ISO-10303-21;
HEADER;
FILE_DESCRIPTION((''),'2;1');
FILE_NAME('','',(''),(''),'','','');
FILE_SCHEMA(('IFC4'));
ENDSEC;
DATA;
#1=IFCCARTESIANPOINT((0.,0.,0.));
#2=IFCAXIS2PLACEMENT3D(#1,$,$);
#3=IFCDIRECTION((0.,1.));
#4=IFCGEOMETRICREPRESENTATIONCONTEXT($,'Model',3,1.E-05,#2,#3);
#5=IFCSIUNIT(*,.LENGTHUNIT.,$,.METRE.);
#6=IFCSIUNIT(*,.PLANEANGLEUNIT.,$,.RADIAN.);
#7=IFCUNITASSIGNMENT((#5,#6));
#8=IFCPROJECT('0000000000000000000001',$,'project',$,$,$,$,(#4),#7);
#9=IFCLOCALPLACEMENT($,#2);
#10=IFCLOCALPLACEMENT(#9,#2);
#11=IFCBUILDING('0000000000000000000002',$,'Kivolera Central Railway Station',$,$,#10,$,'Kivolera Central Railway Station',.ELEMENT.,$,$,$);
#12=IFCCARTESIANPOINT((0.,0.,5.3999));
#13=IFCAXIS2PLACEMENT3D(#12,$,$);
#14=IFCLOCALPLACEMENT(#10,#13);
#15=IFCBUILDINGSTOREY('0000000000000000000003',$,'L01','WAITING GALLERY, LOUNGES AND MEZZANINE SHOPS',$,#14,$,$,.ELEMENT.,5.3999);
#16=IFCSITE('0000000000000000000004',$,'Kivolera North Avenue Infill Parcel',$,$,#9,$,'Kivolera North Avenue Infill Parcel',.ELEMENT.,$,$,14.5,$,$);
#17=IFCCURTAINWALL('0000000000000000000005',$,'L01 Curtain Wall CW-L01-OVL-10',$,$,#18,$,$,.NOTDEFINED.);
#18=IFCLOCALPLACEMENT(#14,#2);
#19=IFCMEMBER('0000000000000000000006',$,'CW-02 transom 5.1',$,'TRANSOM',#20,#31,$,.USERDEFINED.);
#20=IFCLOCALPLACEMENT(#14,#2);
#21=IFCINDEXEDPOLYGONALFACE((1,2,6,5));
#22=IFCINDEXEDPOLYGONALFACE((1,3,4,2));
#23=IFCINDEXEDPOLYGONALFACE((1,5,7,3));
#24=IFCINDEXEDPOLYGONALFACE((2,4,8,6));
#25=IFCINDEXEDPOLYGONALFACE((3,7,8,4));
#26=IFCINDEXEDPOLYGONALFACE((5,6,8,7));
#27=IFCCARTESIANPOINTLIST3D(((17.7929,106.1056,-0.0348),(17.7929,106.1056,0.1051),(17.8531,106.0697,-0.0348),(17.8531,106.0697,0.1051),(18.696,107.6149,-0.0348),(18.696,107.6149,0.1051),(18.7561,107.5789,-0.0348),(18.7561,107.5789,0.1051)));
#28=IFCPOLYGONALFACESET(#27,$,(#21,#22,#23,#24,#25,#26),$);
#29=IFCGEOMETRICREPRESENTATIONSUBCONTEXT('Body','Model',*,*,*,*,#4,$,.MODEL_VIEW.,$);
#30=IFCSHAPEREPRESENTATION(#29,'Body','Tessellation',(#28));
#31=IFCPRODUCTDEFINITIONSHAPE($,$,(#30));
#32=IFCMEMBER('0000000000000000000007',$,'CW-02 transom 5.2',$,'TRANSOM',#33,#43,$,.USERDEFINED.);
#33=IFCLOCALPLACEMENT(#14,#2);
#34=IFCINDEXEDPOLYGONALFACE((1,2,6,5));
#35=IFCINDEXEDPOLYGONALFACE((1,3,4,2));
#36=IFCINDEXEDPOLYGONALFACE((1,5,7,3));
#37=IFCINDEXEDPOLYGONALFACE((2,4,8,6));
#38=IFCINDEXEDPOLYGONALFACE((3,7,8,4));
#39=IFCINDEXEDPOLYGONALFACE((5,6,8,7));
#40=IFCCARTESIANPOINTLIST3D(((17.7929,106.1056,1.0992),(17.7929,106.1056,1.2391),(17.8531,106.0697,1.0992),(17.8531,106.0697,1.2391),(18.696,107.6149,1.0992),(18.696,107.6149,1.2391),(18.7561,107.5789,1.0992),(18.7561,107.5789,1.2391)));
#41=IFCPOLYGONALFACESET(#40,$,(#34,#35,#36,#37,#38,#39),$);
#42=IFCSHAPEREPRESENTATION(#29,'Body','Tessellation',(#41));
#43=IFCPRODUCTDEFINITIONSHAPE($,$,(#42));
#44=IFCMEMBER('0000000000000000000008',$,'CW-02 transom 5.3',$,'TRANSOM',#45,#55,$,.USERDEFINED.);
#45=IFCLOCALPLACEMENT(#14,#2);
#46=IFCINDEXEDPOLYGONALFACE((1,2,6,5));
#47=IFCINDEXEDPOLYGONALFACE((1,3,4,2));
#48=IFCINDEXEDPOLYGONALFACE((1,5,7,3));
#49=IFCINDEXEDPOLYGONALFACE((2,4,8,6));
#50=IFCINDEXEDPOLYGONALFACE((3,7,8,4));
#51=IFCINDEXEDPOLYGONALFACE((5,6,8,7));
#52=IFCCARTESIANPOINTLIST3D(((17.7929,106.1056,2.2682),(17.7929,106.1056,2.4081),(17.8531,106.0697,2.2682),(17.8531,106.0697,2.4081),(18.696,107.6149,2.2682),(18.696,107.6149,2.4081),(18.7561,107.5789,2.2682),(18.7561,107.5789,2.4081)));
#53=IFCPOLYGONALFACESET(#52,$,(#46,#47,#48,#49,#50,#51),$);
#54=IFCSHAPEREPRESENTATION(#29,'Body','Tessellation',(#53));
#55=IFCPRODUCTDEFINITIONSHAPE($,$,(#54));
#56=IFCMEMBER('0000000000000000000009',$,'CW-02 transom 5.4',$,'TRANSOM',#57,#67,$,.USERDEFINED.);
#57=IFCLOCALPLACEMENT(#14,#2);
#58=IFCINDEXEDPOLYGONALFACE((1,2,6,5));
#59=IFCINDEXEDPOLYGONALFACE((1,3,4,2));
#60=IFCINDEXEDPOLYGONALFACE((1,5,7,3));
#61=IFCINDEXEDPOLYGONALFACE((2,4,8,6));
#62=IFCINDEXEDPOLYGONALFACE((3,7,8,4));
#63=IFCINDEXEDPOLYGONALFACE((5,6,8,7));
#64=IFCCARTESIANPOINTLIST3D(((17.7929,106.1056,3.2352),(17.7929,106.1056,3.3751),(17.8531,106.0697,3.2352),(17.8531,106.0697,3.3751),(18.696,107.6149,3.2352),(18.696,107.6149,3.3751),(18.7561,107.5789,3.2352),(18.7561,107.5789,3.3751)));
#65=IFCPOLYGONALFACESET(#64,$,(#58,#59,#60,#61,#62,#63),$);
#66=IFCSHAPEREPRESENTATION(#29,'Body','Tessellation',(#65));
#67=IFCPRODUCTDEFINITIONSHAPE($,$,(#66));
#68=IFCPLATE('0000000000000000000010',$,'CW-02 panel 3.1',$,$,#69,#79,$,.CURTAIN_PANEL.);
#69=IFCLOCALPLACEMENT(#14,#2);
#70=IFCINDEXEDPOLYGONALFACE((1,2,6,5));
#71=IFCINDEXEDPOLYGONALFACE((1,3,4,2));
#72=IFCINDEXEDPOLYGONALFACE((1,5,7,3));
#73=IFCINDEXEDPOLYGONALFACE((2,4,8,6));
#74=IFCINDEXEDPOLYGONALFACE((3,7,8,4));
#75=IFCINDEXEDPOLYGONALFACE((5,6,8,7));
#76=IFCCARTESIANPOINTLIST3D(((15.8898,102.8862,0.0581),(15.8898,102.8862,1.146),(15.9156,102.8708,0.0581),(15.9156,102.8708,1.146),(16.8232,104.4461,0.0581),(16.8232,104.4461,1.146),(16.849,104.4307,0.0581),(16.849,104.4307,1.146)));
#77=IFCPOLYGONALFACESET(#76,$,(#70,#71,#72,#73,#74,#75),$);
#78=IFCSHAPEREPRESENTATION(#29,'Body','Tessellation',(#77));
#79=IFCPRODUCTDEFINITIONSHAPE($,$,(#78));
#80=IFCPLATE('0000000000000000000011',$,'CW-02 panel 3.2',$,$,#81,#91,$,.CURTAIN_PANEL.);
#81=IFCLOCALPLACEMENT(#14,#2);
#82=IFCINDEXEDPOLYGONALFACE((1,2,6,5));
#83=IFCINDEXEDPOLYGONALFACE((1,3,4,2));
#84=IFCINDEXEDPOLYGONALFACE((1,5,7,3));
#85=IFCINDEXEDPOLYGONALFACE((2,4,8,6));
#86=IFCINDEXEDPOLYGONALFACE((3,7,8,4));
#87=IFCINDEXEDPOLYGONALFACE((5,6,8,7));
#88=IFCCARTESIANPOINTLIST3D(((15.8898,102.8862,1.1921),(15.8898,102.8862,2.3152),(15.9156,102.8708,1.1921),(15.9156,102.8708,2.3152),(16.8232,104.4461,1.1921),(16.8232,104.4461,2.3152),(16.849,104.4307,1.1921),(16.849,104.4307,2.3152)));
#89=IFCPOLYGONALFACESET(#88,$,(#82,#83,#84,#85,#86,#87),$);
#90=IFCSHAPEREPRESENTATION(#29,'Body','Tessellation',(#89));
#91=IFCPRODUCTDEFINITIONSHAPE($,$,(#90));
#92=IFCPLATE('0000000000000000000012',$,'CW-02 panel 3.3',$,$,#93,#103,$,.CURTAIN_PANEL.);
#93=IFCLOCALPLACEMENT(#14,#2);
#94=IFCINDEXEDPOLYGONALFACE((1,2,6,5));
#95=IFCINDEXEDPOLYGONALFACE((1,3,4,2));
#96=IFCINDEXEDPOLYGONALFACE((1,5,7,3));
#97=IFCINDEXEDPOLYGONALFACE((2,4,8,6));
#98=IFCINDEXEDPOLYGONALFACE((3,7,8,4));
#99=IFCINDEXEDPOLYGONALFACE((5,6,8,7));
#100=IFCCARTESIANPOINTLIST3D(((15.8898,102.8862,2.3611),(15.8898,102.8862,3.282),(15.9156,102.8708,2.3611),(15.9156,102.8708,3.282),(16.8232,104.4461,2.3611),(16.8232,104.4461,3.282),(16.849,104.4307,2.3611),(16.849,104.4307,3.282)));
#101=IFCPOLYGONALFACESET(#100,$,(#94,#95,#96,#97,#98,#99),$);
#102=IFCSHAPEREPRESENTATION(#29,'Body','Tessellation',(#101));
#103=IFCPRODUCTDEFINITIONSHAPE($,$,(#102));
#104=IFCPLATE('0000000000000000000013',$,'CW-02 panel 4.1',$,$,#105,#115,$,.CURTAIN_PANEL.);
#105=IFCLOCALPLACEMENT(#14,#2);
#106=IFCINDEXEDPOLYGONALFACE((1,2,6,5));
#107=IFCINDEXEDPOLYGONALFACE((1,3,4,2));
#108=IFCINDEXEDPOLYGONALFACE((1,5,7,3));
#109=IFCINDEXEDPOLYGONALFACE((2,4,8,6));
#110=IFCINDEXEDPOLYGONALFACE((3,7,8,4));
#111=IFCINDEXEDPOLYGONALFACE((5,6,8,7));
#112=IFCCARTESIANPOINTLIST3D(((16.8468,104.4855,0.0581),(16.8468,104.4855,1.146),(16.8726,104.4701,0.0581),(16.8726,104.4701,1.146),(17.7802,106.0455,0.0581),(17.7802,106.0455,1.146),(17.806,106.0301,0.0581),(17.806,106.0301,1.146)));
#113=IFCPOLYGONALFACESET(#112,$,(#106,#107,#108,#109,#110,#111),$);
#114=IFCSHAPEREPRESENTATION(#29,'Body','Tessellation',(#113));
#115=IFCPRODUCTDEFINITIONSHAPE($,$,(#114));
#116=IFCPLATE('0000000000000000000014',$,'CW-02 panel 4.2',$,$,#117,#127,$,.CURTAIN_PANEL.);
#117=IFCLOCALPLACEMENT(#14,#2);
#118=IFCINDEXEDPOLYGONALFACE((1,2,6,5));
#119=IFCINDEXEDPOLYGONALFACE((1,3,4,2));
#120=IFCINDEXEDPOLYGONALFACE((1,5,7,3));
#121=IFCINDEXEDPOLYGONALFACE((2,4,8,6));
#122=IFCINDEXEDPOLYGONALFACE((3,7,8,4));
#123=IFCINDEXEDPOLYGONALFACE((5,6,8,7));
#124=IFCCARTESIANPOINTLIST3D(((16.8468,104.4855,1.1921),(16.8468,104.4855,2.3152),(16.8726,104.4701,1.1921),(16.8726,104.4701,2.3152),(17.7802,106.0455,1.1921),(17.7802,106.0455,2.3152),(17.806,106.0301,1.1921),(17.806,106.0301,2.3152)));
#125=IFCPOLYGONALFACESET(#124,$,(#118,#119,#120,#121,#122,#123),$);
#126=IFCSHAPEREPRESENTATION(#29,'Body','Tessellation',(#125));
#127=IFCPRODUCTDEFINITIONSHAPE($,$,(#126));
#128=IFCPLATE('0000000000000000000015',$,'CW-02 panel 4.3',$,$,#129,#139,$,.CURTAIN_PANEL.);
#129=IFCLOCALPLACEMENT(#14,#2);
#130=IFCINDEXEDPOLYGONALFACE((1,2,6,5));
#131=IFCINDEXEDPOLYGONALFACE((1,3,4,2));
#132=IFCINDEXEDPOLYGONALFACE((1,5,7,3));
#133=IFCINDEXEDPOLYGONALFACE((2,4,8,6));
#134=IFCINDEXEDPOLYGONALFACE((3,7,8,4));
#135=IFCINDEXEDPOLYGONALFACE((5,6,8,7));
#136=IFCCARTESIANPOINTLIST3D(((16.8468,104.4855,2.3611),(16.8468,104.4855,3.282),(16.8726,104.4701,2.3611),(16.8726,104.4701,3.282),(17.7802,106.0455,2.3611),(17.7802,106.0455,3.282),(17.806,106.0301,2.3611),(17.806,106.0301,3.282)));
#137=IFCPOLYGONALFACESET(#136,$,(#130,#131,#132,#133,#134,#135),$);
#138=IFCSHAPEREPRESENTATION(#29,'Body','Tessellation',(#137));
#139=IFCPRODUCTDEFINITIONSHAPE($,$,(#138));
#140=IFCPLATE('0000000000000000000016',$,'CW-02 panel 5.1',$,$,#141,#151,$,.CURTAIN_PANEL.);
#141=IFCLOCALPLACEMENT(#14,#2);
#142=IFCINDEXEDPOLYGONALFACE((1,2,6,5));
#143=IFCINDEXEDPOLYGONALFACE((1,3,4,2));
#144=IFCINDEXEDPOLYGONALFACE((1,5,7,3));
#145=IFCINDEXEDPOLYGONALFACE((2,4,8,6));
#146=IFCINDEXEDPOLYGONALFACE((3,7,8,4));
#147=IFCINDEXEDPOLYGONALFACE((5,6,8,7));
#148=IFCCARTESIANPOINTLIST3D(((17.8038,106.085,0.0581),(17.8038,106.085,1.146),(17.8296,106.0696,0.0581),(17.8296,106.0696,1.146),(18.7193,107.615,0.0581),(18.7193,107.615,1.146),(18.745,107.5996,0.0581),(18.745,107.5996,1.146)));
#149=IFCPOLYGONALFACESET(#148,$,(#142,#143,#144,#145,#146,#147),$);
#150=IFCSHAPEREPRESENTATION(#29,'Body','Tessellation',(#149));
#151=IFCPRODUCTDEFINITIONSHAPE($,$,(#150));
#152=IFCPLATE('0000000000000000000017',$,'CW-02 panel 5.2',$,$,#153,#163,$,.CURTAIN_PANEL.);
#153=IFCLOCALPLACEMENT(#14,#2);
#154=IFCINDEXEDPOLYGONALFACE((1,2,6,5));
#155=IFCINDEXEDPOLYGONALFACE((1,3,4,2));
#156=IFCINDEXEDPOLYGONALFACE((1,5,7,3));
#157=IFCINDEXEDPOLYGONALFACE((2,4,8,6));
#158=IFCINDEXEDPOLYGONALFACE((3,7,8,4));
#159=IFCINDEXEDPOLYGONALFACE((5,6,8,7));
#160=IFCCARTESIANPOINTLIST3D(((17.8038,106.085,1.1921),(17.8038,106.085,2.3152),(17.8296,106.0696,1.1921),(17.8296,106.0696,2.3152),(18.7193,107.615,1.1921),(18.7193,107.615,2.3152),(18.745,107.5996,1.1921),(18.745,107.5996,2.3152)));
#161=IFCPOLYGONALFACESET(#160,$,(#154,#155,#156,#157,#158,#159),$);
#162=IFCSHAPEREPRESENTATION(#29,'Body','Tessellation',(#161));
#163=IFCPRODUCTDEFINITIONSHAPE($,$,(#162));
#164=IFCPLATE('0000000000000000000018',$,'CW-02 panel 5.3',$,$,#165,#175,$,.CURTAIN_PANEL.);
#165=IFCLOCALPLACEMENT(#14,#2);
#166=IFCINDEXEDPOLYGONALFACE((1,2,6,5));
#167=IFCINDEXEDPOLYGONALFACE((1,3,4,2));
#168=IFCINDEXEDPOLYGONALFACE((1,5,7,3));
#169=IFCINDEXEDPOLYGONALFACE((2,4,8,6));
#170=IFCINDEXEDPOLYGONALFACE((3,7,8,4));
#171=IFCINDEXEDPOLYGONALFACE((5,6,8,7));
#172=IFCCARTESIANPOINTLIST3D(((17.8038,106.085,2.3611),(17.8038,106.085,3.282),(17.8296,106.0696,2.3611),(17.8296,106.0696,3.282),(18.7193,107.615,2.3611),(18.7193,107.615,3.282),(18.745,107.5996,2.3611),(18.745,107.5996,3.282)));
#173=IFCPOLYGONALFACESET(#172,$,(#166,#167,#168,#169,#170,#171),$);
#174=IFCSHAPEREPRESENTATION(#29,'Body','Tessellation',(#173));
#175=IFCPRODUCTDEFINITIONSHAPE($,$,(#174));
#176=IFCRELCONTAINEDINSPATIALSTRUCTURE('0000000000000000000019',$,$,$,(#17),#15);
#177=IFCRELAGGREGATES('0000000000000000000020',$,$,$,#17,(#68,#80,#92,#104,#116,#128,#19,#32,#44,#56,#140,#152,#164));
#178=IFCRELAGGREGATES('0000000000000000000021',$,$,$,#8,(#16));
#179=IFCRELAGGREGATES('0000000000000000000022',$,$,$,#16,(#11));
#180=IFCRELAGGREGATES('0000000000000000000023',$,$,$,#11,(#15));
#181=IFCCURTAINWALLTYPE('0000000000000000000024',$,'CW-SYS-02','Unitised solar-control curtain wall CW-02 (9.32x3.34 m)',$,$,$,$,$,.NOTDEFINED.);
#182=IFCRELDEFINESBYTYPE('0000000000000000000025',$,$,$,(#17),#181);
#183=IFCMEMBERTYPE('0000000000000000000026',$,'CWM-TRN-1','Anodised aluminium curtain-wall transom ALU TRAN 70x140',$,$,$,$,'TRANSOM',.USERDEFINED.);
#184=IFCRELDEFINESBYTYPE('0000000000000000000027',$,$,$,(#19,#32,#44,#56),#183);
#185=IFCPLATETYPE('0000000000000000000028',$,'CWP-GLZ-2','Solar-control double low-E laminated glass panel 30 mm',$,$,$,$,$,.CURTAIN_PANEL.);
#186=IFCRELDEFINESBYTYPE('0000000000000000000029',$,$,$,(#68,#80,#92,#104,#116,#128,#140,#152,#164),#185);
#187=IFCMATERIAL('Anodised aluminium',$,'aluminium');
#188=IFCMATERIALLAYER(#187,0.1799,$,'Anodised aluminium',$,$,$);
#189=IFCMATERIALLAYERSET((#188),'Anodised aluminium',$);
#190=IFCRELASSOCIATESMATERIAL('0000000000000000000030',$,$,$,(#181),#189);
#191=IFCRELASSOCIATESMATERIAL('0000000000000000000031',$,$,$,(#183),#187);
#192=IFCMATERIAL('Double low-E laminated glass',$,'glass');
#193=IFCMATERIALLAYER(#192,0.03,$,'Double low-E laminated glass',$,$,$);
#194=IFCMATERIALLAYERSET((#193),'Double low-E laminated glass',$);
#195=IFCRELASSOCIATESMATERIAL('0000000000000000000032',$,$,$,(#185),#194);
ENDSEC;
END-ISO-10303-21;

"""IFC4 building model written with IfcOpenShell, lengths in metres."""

from ifc_helpers import new_model, si_unit, direction, frame, origin, origin_2d, place, context, subcontext, project, spatial, rectangle, extrude, material, layer, layer_set, material_profile, profile_set, type_object, element, aggregate, save


model = new_model("IFC4")

# Units and contexts
model_context = context("Model", 3, precision=1e-05, world=origin(), true_north=direction((0.0, 1.0)))
body_context = subcontext(model_context, "Body", "Model", "MODEL_VIEW")
ifc_project = project(units=[si_unit("LENGTHUNIT", "METRE"), si_unit("PLANEANGLEUNIT", "RADIAN")], contexts=[model_context])

# Site, building, storey
site_placement = place(None, origin())
site = spatial("IfcSite", under=ifc_project, at=site_placement, Name="Kivolera North Avenue Infill Parcel", LongName="Kivolera North Avenue Infill Parcel", CompositionType="ELEMENT", RefElevation=14.5)
building_placement = place(site_placement, origin())
building = spatial("IfcBuilding", under=site, at=building_placement, Name="Kivolera Central Railway Station", LongName="Kivolera Central Railway Station", CompositionType="ELEMENT")
storey_placement = place(building_placement, frame((0.0, 0.0, 5.3999)))
storey = spatial("IfcBuildingStorey", under=building, at=storey_placement, Name="L01", Description="WAITING GALLERY, LOUNGES AND MEZZANINE SHOPS", CompositionType="ELEMENT", Elevation=5.3999)

# Curtain wall, members, plates
ifc_material_1 = material(Name="Anodised aluminium", Category="aluminium")
ifc_layer_1 = layer(ifc_material_1, 0.1799, Name="Anodised aluminium")
ifc_layer_set_1 = layer_set([ifc_layer_1], Name="Anodised aluminium")
curtain_wall_type = type_object("IfcCurtainWallType", Name="CW-SYS-02", Description="Unitised solar-control curtain wall CW-02 (9.32x3.34 m)", PredefinedType="NOTDEFINED", material=ifc_layer_set_1)
curtain_wall_placement = place(storey_placement, origin())
curtain_wall = element("IfcCurtainWall", 1, at=curtain_wall_placement, inside=storey, type_object=curtain_wall_type, Name="L01 Curtain Wall CW-L01-OVL-10", PredefinedType="NOTDEFINED")
ifc_material_profile_1 = material_profile(ifc_material_1, rectangle(XDim=0.0701, YDim=0.1399, at=origin_2d()), Name="ALU TRAN 70x140")
ifc_profile_set_1 = profile_set([ifc_material_profile_1], Name="Anodised aluminium")
member_type_1 = type_object("IfcMemberType", Name="CWM-TRN-1", Description="Anodised aluminium curtain-wall transom ALU TRAN 70x140", ElementType="TRANSOM", PredefinedType="USERDEFINED", material=ifc_profile_set_1)
member_1_placement = place(storey_placement, frame((17.823, 106.0876, 0.0352), z_axis=(0.513454, 0.858117, 0.0), x_axis=(-0.858117, 0.513454, 0.0)))
member_1 = element("IfcMember", 2, at=member_1_placement, type_object=member_type_1, Name="CW-02 transom 5.1", ObjectType="TRANSOM", PredefinedType="USERDEFINED", context=body_context, shape_type="SweptSolid", body=[
    extrude(rectangle(XDim=0.0701, YDim=0.1399, at=origin_2d()), origin(), (0.0, 0.0, 1.0), 1.7588),
])
member_2_placement = place(storey_placement, frame((17.823, 106.0876, 1.1692), z_axis=(0.513454, 0.858117, 0.0), x_axis=(-0.858117, 0.513454, 0.0)))
member_2 = element("IfcMember", 3, at=member_2_placement, type_object=member_type_1, Name="CW-02 transom 5.2", ObjectType="TRANSOM", PredefinedType="USERDEFINED", context=body_context, shape_type="SweptSolid", body=[
    extrude(rectangle(XDim=0.0701, YDim=0.1399, at=origin_2d()), origin(), (0.0, 0.0, 1.0), 1.7588),
])
member_3_placement = place(storey_placement, frame((17.823, 106.0876, 2.3381), z_axis=(0.513454, 0.858117, 0.0), x_axis=(-0.858117, 0.513454, 0.0)))
member_3 = element("IfcMember", 4, at=member_3_placement, type_object=member_type_1, Name="CW-02 transom 5.3", ObjectType="TRANSOM", PredefinedType="USERDEFINED", context=body_context, shape_type="SweptSolid", body=[
    extrude(rectangle(XDim=0.0701, YDim=0.1399, at=origin_2d()), origin(), (0.0, 0.0, 1.0), 1.7588),
])
member_4_placement = place(storey_placement, frame((17.823, 106.0876, 3.3052), z_axis=(0.513454, 0.858117, 0.0), x_axis=(-0.858117, 0.513454, 0.0)))
member_4 = element("IfcMember", 5, at=member_4_placement, type_object=member_type_1, Name="CW-02 transom 5.4", ObjectType="TRANSOM", PredefinedType="USERDEFINED", context=body_context, shape_type="SweptSolid", body=[
    extrude(rectangle(XDim=0.0701, YDim=0.1399, at=origin_2d()), origin(), (0.0, 0.0, 1.0), 1.7588),
])
ifc_material_2 = material(Name="Double low-E laminated glass", Category="glass")
ifc_layer_2 = layer(ifc_material_2, 0.03, Name="Double low-E laminated glass")
ifc_layer_set_2 = layer_set([ifc_layer_2], Name="Double low-E laminated glass")
plate_type = type_object("IfcPlateType", Name="CWP-GLZ-2", Description="Solar-control double low-E laminated glass panel 30 mm", PredefinedType="CURTAIN_PANEL", material=ifc_layer_set_2)
plate_1_placement = place(storey_placement, frame((16.3694, 103.6584, 0.0581), z_axis=(0.0, 0.0, 1.0), x_axis=(0.513454, 0.858117, 0.0)))
plate_1 = element("IfcPlate", 6, at=plate_1_placement, type_object=plate_type, Name="CW-02 panel 3.1", PredefinedType="CURTAIN_PANEL", context=body_context, shape_type="SweptSolid", body=[
    extrude(rectangle(XDim=1.8179, YDim=0.03, at=origin_2d()), origin(), (0.0, 0.0, 1.0), 1.0879),
])
plate_2_placement = place(storey_placement, frame((16.3694, 103.6584, 1.1921), z_axis=(0.0, 0.0, 1.0), x_axis=(0.513454, 0.858117, 0.0)))
plate_2 = element("IfcPlate", 7, at=plate_2_placement, type_object=plate_type, Name="CW-02 panel 3.2", PredefinedType="CURTAIN_PANEL", context=body_context, shape_type="SweptSolid", body=[
    extrude(rectangle(XDim=1.8179, YDim=0.03, at=origin_2d()), origin(), (0.0, 0.0, 1.0), 1.123),
])
plate_3_placement = place(storey_placement, frame((16.3694, 103.6584, 2.3611), z_axis=(0.0, 0.0, 1.0), x_axis=(0.513454, 0.858117, 0.0)))
plate_3 = element("IfcPlate", 8, at=plate_3_placement, type_object=plate_type, Name="CW-02 panel 3.3", PredefinedType="CURTAIN_PANEL", context=body_context, shape_type="SweptSolid", body=[
    extrude(rectangle(XDim=1.8179, YDim=0.03, at=origin_2d()), origin(), (0.0, 0.0, 1.0), 0.9209),
])
plate_4_placement = place(storey_placement, frame((17.3264, 105.2578, 0.0581), z_axis=(0.0, 0.0, 1.0), x_axis=(0.513454, 0.858117, 0.0)))
plate_4 = element("IfcPlate", 9, at=plate_4_placement, type_object=plate_type, Name="CW-02 panel 4.1", PredefinedType="CURTAIN_PANEL", context=body_context, shape_type="SweptSolid", body=[
    extrude(rectangle(XDim=1.8179, YDim=0.03, at=origin_2d()), origin(), (0.0, 0.0, 1.0), 1.0879),
])
plate_5_placement = place(storey_placement, frame((17.3264, 105.2578, 1.1921), z_axis=(0.0, 0.0, 1.0), x_axis=(0.513454, 0.858117, 0.0)))
plate_5 = element("IfcPlate", 10, at=plate_5_placement, type_object=plate_type, Name="CW-02 panel 4.2", PredefinedType="CURTAIN_PANEL", context=body_context, shape_type="SweptSolid", body=[
    extrude(rectangle(XDim=1.8179, YDim=0.03, at=origin_2d()), origin(), (0.0, 0.0, 1.0), 1.123),
])
plate_6_placement = place(storey_placement, frame((17.3264, 105.2578, 2.3611), z_axis=(0.0, 0.0, 1.0), x_axis=(0.513454, 0.858117, 0.0)))
plate_6 = element("IfcPlate", 11, at=plate_6_placement, type_object=plate_type, Name="CW-02 panel 4.3", PredefinedType="CURTAIN_PANEL", context=body_context, shape_type="SweptSolid", body=[
    extrude(rectangle(XDim=1.8179, YDim=0.03, at=origin_2d()), origin(), (0.0, 0.0, 1.0), 0.9209),
])
plate_7_placement = place(storey_placement, frame((18.2744, 106.8423, 0.0581), z_axis=(0.0, 0.0, 1.0), x_axis=(0.513454, 0.858117, 0.0)))
plate_7 = element("IfcPlate", 12, at=plate_7_placement, type_object=plate_type, Name="CW-02 panel 5.1", PredefinedType="CURTAIN_PANEL", context=body_context, shape_type="SweptSolid", body=[
    extrude(rectangle(XDim=1.783, YDim=0.03, at=origin_2d()), origin(), (0.0, 0.0, 1.0), 1.0879),
])
plate_8_placement = place(storey_placement, frame((18.2744, 106.8423, 1.1921), z_axis=(0.0, 0.0, 1.0), x_axis=(0.513454, 0.858117, 0.0)))
plate_8 = element("IfcPlate", 13, at=plate_8_placement, type_object=plate_type, Name="CW-02 panel 5.2", PredefinedType="CURTAIN_PANEL", context=body_context, shape_type="SweptSolid", body=[
    extrude(rectangle(XDim=1.783, YDim=0.03, at=origin_2d()), origin(), (0.0, 0.0, 1.0), 1.123),
])
plate_9_placement = place(storey_placement, frame((18.2744, 106.8423, 2.3611), z_axis=(0.0, 0.0, 1.0), x_axis=(0.513454, 0.858117, 0.0)))
plate_9 = element("IfcPlate", 14, at=plate_9_placement, type_object=plate_type, Name="CW-02 panel 5.3", PredefinedType="CURTAIN_PANEL", context=body_context, shape_type="SweptSolid", body=[
    extrude(rectangle(XDim=1.783, YDim=0.03, at=origin_2d()), origin(), (0.0, 0.0, 1.0), 0.9209),
])
aggregate(curtain_wall, [plate_1, plate_2, plate_3, plate_4, plate_5, plate_6, member_1, member_2, member_3, member_4, plate_7, plate_8, plate_9])

save(model, "model.ifc")
